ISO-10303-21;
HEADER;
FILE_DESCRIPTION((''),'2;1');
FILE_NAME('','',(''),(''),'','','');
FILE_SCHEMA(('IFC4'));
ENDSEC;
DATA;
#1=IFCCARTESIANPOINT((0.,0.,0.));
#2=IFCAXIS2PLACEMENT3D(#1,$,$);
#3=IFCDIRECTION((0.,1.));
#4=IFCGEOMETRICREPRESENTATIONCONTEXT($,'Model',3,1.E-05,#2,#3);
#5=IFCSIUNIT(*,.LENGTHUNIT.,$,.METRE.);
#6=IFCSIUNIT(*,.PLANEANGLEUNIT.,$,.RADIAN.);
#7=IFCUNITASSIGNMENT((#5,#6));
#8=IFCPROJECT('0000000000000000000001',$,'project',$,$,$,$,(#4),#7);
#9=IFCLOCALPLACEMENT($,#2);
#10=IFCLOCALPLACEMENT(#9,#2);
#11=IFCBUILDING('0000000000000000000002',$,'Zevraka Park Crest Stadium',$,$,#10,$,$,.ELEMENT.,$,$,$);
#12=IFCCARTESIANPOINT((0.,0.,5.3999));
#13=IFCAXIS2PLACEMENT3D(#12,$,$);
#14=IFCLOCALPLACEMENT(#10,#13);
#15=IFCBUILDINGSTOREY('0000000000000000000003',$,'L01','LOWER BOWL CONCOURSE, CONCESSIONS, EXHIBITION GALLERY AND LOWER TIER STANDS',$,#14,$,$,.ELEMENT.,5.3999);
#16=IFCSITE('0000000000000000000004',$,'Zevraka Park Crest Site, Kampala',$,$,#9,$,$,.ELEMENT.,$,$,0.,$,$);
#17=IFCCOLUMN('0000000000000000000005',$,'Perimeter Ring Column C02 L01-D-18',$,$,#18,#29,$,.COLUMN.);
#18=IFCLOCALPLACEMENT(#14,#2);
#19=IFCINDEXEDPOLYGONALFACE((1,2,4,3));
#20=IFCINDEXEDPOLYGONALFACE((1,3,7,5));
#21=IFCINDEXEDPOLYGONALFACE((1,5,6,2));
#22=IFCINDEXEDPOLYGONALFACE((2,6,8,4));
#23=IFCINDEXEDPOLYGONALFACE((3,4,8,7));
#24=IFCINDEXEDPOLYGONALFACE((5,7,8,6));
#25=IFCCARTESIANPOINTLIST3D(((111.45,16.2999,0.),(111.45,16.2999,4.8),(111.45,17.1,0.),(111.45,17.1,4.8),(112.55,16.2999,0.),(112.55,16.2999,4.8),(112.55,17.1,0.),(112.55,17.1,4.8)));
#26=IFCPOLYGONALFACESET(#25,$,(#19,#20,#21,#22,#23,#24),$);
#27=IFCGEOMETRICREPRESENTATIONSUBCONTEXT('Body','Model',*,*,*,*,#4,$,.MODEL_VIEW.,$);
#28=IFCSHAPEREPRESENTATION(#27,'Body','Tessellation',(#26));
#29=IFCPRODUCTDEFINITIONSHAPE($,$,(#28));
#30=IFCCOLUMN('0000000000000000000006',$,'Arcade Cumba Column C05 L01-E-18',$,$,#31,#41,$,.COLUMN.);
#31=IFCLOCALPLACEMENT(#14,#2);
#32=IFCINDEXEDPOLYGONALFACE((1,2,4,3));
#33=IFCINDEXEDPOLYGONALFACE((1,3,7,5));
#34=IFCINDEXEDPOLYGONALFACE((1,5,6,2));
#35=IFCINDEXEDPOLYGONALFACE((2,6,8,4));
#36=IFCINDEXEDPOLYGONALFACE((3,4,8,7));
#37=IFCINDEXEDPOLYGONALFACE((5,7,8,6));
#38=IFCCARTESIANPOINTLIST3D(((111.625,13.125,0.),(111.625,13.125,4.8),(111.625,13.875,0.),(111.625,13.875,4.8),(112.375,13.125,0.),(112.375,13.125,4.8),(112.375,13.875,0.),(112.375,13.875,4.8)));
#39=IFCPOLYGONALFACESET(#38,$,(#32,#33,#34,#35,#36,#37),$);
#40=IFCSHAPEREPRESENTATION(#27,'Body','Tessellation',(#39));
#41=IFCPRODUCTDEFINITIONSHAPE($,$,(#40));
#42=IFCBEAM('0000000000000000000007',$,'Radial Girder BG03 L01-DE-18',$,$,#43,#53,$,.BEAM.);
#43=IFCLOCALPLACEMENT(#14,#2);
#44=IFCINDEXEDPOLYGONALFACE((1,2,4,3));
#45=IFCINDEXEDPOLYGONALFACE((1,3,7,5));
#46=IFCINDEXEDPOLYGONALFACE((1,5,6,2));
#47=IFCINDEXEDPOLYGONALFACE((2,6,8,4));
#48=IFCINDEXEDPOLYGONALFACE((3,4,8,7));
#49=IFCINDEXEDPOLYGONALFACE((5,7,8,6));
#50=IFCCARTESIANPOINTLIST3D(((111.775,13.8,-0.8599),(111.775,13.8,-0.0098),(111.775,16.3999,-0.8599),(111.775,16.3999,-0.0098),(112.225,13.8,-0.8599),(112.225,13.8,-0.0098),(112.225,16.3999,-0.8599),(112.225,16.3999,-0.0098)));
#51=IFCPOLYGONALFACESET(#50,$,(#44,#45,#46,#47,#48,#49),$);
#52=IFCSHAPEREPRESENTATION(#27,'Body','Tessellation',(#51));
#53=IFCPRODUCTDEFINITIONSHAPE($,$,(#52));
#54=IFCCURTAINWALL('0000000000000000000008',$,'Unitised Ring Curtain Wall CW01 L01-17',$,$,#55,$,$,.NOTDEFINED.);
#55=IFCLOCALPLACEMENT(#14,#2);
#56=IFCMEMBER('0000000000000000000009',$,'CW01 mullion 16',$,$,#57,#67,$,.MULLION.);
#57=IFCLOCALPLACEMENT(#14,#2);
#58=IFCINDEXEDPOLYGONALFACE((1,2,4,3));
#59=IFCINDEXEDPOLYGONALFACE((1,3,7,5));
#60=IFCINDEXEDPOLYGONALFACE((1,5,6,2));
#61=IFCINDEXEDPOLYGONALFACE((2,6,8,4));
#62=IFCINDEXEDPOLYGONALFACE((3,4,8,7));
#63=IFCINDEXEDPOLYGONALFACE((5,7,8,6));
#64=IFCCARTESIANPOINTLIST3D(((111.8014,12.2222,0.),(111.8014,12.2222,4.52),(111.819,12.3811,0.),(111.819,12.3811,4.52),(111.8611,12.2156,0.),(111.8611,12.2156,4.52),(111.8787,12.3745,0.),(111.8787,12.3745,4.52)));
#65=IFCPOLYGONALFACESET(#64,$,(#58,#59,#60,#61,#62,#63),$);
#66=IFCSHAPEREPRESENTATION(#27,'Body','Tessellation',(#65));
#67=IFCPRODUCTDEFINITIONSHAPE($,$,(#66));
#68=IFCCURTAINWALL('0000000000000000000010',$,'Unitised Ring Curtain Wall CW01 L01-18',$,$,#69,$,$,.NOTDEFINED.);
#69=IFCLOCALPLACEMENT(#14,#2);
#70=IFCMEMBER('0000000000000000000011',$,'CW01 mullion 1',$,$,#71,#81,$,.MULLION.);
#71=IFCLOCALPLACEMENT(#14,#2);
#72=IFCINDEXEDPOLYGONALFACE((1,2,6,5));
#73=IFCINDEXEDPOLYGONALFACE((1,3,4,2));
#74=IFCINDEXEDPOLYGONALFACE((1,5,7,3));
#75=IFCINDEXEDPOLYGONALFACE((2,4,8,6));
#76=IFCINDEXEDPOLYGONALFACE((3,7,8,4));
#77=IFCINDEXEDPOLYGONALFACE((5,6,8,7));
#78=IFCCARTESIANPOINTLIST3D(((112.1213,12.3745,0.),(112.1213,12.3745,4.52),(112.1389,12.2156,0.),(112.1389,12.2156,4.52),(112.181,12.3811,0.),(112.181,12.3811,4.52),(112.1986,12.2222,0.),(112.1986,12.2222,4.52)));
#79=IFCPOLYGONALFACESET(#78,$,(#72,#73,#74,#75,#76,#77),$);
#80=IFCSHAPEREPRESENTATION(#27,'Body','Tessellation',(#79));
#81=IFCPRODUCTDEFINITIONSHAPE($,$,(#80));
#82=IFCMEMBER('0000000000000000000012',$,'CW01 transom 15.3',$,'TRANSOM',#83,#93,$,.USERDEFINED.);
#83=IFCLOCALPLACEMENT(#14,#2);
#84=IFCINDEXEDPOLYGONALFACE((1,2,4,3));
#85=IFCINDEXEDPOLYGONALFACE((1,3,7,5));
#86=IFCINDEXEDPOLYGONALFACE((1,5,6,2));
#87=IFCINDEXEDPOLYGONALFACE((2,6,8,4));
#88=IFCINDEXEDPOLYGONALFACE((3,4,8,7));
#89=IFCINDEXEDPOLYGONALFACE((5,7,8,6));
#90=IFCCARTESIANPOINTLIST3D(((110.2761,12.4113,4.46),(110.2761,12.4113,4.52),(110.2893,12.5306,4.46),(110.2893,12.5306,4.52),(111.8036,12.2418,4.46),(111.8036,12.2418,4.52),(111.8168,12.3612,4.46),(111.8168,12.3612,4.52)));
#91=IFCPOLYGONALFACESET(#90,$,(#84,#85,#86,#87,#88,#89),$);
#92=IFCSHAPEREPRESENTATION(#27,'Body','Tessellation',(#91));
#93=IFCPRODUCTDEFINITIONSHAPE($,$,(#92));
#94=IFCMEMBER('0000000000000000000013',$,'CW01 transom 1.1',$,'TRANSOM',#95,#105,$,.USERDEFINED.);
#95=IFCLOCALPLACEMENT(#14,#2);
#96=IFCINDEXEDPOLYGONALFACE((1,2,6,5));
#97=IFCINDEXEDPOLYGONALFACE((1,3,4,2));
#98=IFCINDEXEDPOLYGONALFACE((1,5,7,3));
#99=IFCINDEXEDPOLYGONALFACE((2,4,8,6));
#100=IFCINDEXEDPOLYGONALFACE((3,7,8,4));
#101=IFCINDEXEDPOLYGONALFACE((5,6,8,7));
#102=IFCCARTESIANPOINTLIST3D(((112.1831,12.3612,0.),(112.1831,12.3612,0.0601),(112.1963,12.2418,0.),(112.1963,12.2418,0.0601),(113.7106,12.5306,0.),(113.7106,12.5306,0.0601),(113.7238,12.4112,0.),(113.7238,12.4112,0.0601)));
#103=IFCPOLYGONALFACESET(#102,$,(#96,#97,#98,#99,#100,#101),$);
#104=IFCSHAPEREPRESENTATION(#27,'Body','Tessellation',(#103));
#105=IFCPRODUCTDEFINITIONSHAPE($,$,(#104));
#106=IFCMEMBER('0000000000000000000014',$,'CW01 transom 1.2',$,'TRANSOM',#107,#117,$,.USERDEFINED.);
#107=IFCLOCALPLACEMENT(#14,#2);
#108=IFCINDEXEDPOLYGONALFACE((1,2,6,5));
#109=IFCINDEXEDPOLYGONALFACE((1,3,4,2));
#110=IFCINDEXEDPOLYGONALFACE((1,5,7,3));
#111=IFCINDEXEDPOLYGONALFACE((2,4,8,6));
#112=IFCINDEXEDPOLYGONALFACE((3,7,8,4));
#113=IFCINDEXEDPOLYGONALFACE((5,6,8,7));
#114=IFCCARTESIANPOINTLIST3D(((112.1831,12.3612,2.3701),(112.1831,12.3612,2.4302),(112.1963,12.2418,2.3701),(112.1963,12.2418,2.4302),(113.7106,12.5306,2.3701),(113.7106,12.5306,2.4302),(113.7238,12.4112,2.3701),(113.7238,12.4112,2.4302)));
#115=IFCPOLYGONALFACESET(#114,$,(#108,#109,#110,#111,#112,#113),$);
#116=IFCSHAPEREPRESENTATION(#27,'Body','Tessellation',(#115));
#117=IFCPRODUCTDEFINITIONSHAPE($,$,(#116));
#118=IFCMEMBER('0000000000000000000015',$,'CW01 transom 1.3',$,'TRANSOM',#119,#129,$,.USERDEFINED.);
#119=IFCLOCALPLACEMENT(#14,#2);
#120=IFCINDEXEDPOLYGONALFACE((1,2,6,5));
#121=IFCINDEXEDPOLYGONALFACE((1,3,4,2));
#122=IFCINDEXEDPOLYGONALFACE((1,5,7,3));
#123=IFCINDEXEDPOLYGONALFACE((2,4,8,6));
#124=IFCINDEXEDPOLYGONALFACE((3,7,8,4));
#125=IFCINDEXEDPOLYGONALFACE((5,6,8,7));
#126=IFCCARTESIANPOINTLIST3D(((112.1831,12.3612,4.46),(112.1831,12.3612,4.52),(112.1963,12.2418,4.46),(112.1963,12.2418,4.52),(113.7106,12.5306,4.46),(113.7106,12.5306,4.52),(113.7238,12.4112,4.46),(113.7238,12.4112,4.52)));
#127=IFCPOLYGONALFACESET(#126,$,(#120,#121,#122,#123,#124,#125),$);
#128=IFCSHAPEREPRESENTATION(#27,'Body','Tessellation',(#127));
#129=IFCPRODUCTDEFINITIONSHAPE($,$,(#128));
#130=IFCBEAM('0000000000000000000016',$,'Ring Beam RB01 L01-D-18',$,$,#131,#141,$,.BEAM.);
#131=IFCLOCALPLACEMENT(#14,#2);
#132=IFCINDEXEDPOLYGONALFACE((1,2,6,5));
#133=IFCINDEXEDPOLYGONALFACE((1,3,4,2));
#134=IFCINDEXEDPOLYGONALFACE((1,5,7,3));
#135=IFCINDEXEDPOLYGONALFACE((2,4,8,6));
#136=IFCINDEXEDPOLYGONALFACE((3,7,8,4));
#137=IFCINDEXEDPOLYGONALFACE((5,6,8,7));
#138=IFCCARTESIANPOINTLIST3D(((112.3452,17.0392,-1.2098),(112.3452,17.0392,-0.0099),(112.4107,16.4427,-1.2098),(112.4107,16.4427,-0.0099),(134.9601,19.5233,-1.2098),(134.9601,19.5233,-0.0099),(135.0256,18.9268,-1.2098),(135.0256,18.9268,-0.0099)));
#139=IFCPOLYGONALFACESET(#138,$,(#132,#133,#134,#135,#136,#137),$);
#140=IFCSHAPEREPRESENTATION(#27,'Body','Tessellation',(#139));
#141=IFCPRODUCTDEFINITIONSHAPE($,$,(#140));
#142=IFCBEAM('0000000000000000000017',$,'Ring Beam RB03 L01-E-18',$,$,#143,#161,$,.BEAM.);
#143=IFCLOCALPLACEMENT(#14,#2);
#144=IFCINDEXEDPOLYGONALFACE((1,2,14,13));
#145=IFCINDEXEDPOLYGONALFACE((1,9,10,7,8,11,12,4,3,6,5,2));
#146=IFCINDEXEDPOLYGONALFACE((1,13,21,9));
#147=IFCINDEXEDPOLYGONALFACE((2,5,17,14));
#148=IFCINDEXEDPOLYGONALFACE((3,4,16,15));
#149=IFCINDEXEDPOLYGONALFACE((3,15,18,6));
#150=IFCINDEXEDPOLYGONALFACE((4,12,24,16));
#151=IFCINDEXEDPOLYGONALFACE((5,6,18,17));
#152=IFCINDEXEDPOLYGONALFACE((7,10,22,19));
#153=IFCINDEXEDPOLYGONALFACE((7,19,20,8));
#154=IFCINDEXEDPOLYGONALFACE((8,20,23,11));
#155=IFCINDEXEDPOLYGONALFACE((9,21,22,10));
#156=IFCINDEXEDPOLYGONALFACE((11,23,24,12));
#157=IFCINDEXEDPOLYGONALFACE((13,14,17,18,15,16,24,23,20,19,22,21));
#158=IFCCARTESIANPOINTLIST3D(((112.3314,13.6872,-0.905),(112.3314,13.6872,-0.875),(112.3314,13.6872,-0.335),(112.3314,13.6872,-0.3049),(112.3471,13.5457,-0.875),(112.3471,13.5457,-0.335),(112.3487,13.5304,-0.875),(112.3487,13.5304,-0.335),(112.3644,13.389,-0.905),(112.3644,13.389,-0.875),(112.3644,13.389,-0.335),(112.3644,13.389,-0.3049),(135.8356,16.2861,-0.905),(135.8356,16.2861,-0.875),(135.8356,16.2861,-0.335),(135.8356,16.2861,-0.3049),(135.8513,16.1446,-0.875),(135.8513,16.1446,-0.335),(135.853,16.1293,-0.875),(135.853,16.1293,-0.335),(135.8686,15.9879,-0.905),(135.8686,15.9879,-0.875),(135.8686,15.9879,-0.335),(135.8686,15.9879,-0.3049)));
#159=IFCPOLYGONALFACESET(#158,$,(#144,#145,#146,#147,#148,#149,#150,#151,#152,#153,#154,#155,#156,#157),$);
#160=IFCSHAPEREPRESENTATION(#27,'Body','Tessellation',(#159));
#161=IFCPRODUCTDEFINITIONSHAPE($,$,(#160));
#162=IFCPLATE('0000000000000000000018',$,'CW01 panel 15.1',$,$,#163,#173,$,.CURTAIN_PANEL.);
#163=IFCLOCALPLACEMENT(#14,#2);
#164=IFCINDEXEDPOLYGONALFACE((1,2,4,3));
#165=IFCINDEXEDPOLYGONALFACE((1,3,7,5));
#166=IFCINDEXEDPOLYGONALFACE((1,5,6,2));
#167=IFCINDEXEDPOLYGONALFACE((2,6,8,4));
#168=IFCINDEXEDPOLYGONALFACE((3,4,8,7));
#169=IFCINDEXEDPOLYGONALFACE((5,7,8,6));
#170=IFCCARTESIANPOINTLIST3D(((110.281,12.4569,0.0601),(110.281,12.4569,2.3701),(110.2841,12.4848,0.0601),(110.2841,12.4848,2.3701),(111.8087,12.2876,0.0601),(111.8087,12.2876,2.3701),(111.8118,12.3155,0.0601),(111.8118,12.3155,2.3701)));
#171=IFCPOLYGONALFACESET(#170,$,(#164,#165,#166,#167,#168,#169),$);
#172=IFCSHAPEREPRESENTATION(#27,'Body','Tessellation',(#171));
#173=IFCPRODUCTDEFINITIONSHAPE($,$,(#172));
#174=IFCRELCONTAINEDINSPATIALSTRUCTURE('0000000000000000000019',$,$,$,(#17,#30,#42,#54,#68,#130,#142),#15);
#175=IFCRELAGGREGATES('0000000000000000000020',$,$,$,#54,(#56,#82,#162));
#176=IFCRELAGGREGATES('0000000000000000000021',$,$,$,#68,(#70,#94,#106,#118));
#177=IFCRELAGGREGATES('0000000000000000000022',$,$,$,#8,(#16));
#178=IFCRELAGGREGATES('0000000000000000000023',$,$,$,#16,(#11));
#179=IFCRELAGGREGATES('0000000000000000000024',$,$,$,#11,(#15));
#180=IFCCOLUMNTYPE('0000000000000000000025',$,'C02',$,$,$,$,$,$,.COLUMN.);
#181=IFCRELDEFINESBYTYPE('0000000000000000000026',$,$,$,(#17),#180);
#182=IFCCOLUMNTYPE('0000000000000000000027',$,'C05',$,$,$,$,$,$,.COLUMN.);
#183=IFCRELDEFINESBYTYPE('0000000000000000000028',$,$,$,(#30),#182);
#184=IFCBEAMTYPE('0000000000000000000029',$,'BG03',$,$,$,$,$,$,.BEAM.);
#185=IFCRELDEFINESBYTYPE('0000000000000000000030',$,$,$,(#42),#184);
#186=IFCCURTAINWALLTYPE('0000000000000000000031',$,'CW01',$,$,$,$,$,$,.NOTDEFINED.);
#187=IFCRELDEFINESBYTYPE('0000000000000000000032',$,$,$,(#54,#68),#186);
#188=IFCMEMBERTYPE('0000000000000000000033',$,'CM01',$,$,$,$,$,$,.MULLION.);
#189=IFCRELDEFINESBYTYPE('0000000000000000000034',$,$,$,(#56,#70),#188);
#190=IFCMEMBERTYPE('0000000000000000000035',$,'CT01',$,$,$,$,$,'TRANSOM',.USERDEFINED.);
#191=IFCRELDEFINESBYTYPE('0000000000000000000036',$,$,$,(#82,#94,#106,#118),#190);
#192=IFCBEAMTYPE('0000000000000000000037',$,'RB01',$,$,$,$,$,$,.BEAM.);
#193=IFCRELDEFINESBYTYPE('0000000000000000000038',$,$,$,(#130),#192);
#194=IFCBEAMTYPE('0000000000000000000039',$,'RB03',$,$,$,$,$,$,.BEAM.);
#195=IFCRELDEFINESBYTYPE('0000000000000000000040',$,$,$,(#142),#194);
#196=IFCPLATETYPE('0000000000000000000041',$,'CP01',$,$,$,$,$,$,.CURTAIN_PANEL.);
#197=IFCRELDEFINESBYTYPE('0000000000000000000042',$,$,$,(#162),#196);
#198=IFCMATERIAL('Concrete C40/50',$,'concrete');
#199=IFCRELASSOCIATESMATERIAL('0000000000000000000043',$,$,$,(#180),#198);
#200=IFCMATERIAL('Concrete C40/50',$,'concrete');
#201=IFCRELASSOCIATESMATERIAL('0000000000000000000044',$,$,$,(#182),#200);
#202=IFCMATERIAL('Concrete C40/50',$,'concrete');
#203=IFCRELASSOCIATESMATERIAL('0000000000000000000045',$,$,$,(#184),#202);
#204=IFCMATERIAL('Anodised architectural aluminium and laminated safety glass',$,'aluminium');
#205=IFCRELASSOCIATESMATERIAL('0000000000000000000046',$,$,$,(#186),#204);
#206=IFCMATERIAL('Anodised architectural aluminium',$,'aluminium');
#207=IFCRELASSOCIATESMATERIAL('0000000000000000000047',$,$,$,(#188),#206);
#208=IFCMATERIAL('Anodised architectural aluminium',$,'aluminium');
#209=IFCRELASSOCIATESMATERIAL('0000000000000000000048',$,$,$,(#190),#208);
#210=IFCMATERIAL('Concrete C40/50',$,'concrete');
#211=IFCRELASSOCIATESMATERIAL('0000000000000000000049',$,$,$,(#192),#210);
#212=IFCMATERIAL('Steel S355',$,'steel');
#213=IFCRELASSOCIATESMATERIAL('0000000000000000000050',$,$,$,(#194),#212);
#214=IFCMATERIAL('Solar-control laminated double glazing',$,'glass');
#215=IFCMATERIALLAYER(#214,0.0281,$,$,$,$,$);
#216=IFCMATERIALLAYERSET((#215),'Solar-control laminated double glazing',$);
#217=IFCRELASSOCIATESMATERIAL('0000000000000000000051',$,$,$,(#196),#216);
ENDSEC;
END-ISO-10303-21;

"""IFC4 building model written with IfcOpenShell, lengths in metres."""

from ifc_helpers import new_model, si_unit, direction, frame, origin, origin_2d, place, context, subcontext, project, spatial, rectangle, i_section, extrude, material, layer, layer_set, material_profile, profile_set, type_object, element, aggregate, save


model = new_model("IFC4")

# Units and contexts
model_context = context("Model", 3, precision=1e-05, world=origin(), true_north=direction((0.0, 1.0)))
body_context = subcontext(model_context, "Body", "Model", "MODEL_VIEW")
ifc_project = project(units=[si_unit("LENGTHUNIT", "METRE"), si_unit("PLANEANGLEUNIT", "RADIAN")], contexts=[model_context])

# Site, building, storey
site_placement = place(None, origin())
site = spatial("IfcSite", under=ifc_project, at=site_placement, Name="Zevraka Park Crest Site, Kampala", CompositionType="ELEMENT", RefElevation=0.0)
building_placement = place(site_placement, origin())
building = spatial("IfcBuilding", under=site, at=building_placement, Name="Zevraka Park Crest Stadium", CompositionType="ELEMENT")
storey_placement = place(building_placement, frame((0.0, 0.0, 5.3999)))
storey = spatial("IfcBuildingStorey", under=building, at=storey_placement, Name="L01", Description="LOWER BOWL CONCOURSE, CONCESSIONS, EXHIBITION GALLERY AND LOWER TIER STANDS", CompositionType="ELEMENT", Elevation=5.3999)

# Columns
ifc_material_1 = material(Name="Concrete C40/50", Category="concrete")
ifc_material_profile_1 = material_profile(ifc_material_1, rectangle(XDim=0.8, YDim=1.1001, at=origin_2d()), Name="RC 1100x800")
ifc_profile_set_1 = profile_set([ifc_material_profile_1], Name="Concrete C40/50")
column_type_1 = type_object("IfcColumnType", Name="C02", PredefinedType="COLUMN", material=ifc_profile_set_1)
column_1_placement = place(storey_placement, frame((112.0, 16.7, 0.0), z_axis=(0.0, 0.0, 1.0), x_axis=(0.0, 1.0, 0.0)))
element("IfcColumn", 1, at=column_1_placement, inside=storey, type_object=column_type_1, Name="Perimeter Ring Column C02 L01-D-18", PredefinedType="COLUMN", context=body_context, shape_type="SweptSolid", body=[
    extrude(rectangle(XDim=0.8, YDim=1.1001, at=origin_2d()), origin(), (0.0, 0.0, 1.0), 4.8),
])
ifc_material_2 = material(Name="Concrete C40/50", Category="concrete")
ifc_material_profile_2 = material_profile(ifc_material_2, rectangle(XDim=0.75, YDim=0.75, at=origin_2d()), Name="RC 750x750")
ifc_profile_set_2 = profile_set([ifc_material_profile_2], Name="Concrete C40/50")
column_type_2 = type_object("IfcColumnType", Name="C05", PredefinedType="COLUMN", material=ifc_profile_set_2)
column_2_placement = place(storey_placement, frame((112.0, 13.5, 0.0), z_axis=(0.0, 0.0, 1.0), x_axis=(0.0, 1.0, 0.0)))
element("IfcColumn", 2, at=column_2_placement, inside=storey, type_object=column_type_2, Name="Arcade Cumba Column C05 L01-E-18", PredefinedType="COLUMN", context=body_context, shape_type="SweptSolid", body=[
    extrude(rectangle(XDim=0.75, YDim=0.75, at=origin_2d()), origin(), (0.0, 0.0, 1.0), 4.8),
])

# Beam
ifc_material_3 = material(Name="Concrete C40/50", Category="concrete")
ifc_material_profile_3 = material_profile(ifc_material_3, rectangle(XDim=0.45, YDim=0.8501, at=origin_2d()), Name="RC 850x450")
ifc_profile_set_3 = profile_set([ifc_material_profile_3], Name="Concrete C40/50")
beam_type_1 = type_object("IfcBeamType", Name="BG03", PredefinedType="BEAM", material=ifc_profile_set_3)
beam_1_placement = place(storey_placement, frame((112.0, 16.3999, -0.4348), z_axis=(0.0, -1.0, 0.0), x_axis=(1.0, 0.0, 0.0)))
element("IfcBeam", 3, at=beam_1_placement, inside=storey, type_object=beam_type_1, Name="Radial Girder BG03 L01-DE-18", PredefinedType="BEAM", context=body_context, shape_type="SweptSolid", body=[
    extrude(rectangle(XDim=0.45, YDim=0.8501, at=origin_2d()), origin(), (0.0, 0.0, 1.0), 2.5999),
])

# Curtain walls, members
ifc_material_4 = material(Name="Anodised architectural aluminium and laminated safety glass", Category="aluminium")
curtain_wall_type = type_object("IfcCurtainWallType", Name="CW01", PredefinedType="NOTDEFINED", material=ifc_material_4)
curtain_wall_1_placement = place(storey_placement, origin())
curtain_wall_1 = element("IfcCurtainWall", 4, at=curtain_wall_1_placement, inside=storey, type_object=curtain_wall_type, Name="Unitised Ring Curtain Wall CW01 L01-17", PredefinedType="NOTDEFINED")
ifc_material_5 = material(Name="Anodised architectural aluminium", Category="aluminium")
ifc_material_profile_4 = material_profile(ifc_material_5, rectangle(XDim=0.1599, YDim=0.0601, at=origin_2d()), Name="ALU MULLION 160x60")
ifc_profile_set_4 = profile_set([ifc_material_profile_4], Name="Anodised architectural aluminium")
member_type_1 = type_object("IfcMemberType", Name="CM01", PredefinedType="MULLION", material=ifc_profile_set_4)
member_1_placement = place(storey_placement, frame((111.8401, 12.2983, 0.0), z_axis=(0.0, 0.0, 1.0), x_axis=(0.110135, 0.993917, 0.0)))
member_1 = element("IfcMember", 5, at=member_1_placement, type_object=member_type_1, Name="CW01 mullion 16", PredefinedType="MULLION", context=body_context, shape_type="SweptSolid", body=[
    extrude(rectangle(XDim=0.1599, YDim=0.0601, at=origin_2d()), origin(), (0.0, 0.0, 1.0), 4.52),
])
curtain_wall_2_placement = place(storey_placement, origin())
curtain_wall_2 = element("IfcCurtainWall", 6, at=curtain_wall_2_placement, inside=storey, type_object=curtain_wall_type, Name="Unitised Ring Curtain Wall CW01 L01-18", PredefinedType="NOTDEFINED")
member_2_placement = place(storey_placement, frame((112.1599, 12.2983, 0.0), z_axis=(0.0, 0.0, 1.0), x_axis=(-0.110135, 0.993917, 0.0)))
member_2 = element("IfcMember", 7, at=member_2_placement, type_object=member_type_1, Name="CW01 mullion 1", PredefinedType="MULLION", context=body_context, shape_type="SweptSolid", body=[
    extrude(rectangle(XDim=0.1599, YDim=0.0601, at=origin_2d()), origin(), (0.0, 0.0, 1.0), 4.52),
])

# Members
ifc_material_6 = material(Name="Anodised architectural aluminium", Category="aluminium")
ifc_material_profile_5 = material_profile(ifc_material_6, rectangle(XDim=0.1201, YDim=0.0601, at=origin_2d()), Name="ALU TRANSOM 120x60")
ifc_profile_set_5 = profile_set([ifc_material_profile_5], Name="Anodised architectural aluminium")
member_type_2 = type_object("IfcMemberType", Name="CT01", ElementType="TRANSOM", PredefinedType="USERDEFINED", material=ifc_profile_set_5)
member_3_placement = place(storey_placement, frame((110.2827, 12.4709, 4.49), z_axis=(0.993905, -0.11024, 0.0), x_axis=(0.11024, 0.993905, 0.0)))
member_3 = element("IfcMember", 8, at=member_3_placement, type_object=member_type_2, Name="CW01 transom 15.3", ObjectType="TRANSOM", PredefinedType="USERDEFINED", context=body_context, shape_type="SweptSolid", body=[
    extrude(rectangle(XDim=0.1201, YDim=0.0601, at=origin_2d()), origin(), (0.0, 0.0, 1.0), 1.5369),
])
member_4_placement = place(storey_placement, frame((112.1897, 12.3015, 0.03), z_axis=(0.993905, 0.11024, 0.0), x_axis=(-0.11024, 0.993905, 0.0)))
member_4 = element("IfcMember", 9, at=member_4_placement, type_object=member_type_2, Name="CW01 transom 1.1", ObjectType="TRANSOM", PredefinedType="USERDEFINED", context=body_context, shape_type="SweptSolid", body=[
    extrude(rectangle(XDim=0.1201, YDim=0.0601, at=origin_2d()), origin(), (0.0, 0.0, 1.0), 1.5369),
])
member_5_placement = place(storey_placement, frame((112.1897, 12.3015, 2.4001), z_axis=(0.993905, 0.11024, 0.0), x_axis=(-0.11024, 0.993905, 0.0)))
member_5 = element("IfcMember", 10, at=member_5_placement, type_object=member_type_2, Name="CW01 transom 1.2", ObjectType="TRANSOM", PredefinedType="USERDEFINED", context=body_context, shape_type="SweptSolid", body=[
    extrude(rectangle(XDim=0.1201, YDim=0.0601, at=origin_2d()), origin(), (0.0, 0.0, 1.0), 1.5369),
])
member_6_placement = place(storey_placement, frame((112.1897, 12.3015, 4.49), z_axis=(0.993905, 0.11024, 0.0), x_axis=(-0.11024, 0.993905, 0.0)))
member_6 = element("IfcMember", 11, at=member_6_placement, type_object=member_type_2, Name="CW01 transom 1.3", ObjectType="TRANSOM", PredefinedType="USERDEFINED", context=body_context, shape_type="SweptSolid", body=[
    extrude(rectangle(XDim=0.1201, YDim=0.0601, at=origin_2d()), origin(), (0.0, 0.0, 1.0), 1.5369),
])

# Beams
ifc_material_7 = material(Name="Concrete C40/50", Category="concrete")
ifc_material_profile_6 = material_profile(ifc_material_7, rectangle(XDim=0.6001, YDim=1.2, at=origin_2d()), Name="RC 1200x600")
ifc_profile_set_6 = profile_set([ifc_material_profile_6], Name="Concrete C40/50")
beam_type_2 = type_object("IfcBeamType", Name="RB01", PredefinedType="BEAM", material=ifc_profile_set_6)
beam_2_placement = place(storey_placement, frame((112.3779, 16.741, -0.6099), z_axis=(0.994021, 0.109188, 0.0), x_axis=(-0.109188, 0.994021, 0.0)))
element("IfcBeam", 12, at=beam_2_placement, inside=storey, type_object=beam_type_2, Name="Ring Beam RB01 L01-D-18", PredefinedType="BEAM", context=body_context, shape_type="SweptSolid", body=[
    extrude(rectangle(XDim=0.6001, YDim=1.2, at=origin_2d()), origin(), (0.0, 0.0, 1.0), 22.751),
])
ifc_material_8 = material(Name="Steel S355", Category="steel")
ifc_material_profile_7 = material_profile(ifc_material_8, i_section(OverallWidth=0.3, OverallDepth=0.6001, WebThickness=0.0154, FlangeThickness=0.03, at=origin_2d()), Name="HEB 600")
ifc_profile_set_7 = profile_set([ifc_material_profile_7], Name="Steel S355")
beam_type_3 = type_object("IfcBeamType", Name="RB03", PredefinedType="BEAM", material=ifc_profile_set_7)
beam_3_placement = place(storey_placement, frame((112.3479, 13.5381, -0.605), z_axis=(0.993943, 0.109901, 0.0), x_axis=(-0.109901, 0.993943, 0.0)))
element("IfcBeam", 13, at=beam_3_placement, inside=storey, type_object=beam_type_3, Name="Ring Beam RB03 L01-E-18", PredefinedType="BEAM", context=body_context, shape_type="SweptSolid", body=[
    extrude(i_section(OverallWidth=0.3, OverallDepth=0.6001, WebThickness=0.0154, FlangeThickness=0.03, at=origin_2d()), origin(), (0.0, 0.0, 1.0), 23.6475),
])

# Plate
ifc_material_9 = material(Name="Solar-control laminated double glazing", Category="glass")
ifc_layer_1 = layer(ifc_material_9, 0.0281)
ifc_layer_set_1 = layer_set([ifc_layer_1], Name="Solar-control laminated double glazing")
plate_type = type_object("IfcPlateType", Name="CP01", PredefinedType="CURTAIN_PANEL", material=ifc_layer_set_1)
plate_1_placement = place(storey_placement, frame((111.0464, 12.3862, 0.0601), z_axis=(0.0, 0.0, 1.0), x_axis=(0.993917, -0.110135, 0.0)))
plate_1 = element("IfcPlate", 14, at=plate_1_placement, type_object=plate_type, Name="CW01 panel 15.1", PredefinedType="CURTAIN_PANEL", context=body_context, shape_type="SweptSolid", body=[
    extrude(rectangle(XDim=1.5371, YDim=0.0281, at=origin_2d()), origin(), (0.0, 0.0, 1.0), 2.3101),
])
aggregate(curtain_wall_1, [member_1, member_3, plate_1])
aggregate(curtain_wall_2, [member_2, member_4, member_5, member_6])

save(model, "model.ifc")
